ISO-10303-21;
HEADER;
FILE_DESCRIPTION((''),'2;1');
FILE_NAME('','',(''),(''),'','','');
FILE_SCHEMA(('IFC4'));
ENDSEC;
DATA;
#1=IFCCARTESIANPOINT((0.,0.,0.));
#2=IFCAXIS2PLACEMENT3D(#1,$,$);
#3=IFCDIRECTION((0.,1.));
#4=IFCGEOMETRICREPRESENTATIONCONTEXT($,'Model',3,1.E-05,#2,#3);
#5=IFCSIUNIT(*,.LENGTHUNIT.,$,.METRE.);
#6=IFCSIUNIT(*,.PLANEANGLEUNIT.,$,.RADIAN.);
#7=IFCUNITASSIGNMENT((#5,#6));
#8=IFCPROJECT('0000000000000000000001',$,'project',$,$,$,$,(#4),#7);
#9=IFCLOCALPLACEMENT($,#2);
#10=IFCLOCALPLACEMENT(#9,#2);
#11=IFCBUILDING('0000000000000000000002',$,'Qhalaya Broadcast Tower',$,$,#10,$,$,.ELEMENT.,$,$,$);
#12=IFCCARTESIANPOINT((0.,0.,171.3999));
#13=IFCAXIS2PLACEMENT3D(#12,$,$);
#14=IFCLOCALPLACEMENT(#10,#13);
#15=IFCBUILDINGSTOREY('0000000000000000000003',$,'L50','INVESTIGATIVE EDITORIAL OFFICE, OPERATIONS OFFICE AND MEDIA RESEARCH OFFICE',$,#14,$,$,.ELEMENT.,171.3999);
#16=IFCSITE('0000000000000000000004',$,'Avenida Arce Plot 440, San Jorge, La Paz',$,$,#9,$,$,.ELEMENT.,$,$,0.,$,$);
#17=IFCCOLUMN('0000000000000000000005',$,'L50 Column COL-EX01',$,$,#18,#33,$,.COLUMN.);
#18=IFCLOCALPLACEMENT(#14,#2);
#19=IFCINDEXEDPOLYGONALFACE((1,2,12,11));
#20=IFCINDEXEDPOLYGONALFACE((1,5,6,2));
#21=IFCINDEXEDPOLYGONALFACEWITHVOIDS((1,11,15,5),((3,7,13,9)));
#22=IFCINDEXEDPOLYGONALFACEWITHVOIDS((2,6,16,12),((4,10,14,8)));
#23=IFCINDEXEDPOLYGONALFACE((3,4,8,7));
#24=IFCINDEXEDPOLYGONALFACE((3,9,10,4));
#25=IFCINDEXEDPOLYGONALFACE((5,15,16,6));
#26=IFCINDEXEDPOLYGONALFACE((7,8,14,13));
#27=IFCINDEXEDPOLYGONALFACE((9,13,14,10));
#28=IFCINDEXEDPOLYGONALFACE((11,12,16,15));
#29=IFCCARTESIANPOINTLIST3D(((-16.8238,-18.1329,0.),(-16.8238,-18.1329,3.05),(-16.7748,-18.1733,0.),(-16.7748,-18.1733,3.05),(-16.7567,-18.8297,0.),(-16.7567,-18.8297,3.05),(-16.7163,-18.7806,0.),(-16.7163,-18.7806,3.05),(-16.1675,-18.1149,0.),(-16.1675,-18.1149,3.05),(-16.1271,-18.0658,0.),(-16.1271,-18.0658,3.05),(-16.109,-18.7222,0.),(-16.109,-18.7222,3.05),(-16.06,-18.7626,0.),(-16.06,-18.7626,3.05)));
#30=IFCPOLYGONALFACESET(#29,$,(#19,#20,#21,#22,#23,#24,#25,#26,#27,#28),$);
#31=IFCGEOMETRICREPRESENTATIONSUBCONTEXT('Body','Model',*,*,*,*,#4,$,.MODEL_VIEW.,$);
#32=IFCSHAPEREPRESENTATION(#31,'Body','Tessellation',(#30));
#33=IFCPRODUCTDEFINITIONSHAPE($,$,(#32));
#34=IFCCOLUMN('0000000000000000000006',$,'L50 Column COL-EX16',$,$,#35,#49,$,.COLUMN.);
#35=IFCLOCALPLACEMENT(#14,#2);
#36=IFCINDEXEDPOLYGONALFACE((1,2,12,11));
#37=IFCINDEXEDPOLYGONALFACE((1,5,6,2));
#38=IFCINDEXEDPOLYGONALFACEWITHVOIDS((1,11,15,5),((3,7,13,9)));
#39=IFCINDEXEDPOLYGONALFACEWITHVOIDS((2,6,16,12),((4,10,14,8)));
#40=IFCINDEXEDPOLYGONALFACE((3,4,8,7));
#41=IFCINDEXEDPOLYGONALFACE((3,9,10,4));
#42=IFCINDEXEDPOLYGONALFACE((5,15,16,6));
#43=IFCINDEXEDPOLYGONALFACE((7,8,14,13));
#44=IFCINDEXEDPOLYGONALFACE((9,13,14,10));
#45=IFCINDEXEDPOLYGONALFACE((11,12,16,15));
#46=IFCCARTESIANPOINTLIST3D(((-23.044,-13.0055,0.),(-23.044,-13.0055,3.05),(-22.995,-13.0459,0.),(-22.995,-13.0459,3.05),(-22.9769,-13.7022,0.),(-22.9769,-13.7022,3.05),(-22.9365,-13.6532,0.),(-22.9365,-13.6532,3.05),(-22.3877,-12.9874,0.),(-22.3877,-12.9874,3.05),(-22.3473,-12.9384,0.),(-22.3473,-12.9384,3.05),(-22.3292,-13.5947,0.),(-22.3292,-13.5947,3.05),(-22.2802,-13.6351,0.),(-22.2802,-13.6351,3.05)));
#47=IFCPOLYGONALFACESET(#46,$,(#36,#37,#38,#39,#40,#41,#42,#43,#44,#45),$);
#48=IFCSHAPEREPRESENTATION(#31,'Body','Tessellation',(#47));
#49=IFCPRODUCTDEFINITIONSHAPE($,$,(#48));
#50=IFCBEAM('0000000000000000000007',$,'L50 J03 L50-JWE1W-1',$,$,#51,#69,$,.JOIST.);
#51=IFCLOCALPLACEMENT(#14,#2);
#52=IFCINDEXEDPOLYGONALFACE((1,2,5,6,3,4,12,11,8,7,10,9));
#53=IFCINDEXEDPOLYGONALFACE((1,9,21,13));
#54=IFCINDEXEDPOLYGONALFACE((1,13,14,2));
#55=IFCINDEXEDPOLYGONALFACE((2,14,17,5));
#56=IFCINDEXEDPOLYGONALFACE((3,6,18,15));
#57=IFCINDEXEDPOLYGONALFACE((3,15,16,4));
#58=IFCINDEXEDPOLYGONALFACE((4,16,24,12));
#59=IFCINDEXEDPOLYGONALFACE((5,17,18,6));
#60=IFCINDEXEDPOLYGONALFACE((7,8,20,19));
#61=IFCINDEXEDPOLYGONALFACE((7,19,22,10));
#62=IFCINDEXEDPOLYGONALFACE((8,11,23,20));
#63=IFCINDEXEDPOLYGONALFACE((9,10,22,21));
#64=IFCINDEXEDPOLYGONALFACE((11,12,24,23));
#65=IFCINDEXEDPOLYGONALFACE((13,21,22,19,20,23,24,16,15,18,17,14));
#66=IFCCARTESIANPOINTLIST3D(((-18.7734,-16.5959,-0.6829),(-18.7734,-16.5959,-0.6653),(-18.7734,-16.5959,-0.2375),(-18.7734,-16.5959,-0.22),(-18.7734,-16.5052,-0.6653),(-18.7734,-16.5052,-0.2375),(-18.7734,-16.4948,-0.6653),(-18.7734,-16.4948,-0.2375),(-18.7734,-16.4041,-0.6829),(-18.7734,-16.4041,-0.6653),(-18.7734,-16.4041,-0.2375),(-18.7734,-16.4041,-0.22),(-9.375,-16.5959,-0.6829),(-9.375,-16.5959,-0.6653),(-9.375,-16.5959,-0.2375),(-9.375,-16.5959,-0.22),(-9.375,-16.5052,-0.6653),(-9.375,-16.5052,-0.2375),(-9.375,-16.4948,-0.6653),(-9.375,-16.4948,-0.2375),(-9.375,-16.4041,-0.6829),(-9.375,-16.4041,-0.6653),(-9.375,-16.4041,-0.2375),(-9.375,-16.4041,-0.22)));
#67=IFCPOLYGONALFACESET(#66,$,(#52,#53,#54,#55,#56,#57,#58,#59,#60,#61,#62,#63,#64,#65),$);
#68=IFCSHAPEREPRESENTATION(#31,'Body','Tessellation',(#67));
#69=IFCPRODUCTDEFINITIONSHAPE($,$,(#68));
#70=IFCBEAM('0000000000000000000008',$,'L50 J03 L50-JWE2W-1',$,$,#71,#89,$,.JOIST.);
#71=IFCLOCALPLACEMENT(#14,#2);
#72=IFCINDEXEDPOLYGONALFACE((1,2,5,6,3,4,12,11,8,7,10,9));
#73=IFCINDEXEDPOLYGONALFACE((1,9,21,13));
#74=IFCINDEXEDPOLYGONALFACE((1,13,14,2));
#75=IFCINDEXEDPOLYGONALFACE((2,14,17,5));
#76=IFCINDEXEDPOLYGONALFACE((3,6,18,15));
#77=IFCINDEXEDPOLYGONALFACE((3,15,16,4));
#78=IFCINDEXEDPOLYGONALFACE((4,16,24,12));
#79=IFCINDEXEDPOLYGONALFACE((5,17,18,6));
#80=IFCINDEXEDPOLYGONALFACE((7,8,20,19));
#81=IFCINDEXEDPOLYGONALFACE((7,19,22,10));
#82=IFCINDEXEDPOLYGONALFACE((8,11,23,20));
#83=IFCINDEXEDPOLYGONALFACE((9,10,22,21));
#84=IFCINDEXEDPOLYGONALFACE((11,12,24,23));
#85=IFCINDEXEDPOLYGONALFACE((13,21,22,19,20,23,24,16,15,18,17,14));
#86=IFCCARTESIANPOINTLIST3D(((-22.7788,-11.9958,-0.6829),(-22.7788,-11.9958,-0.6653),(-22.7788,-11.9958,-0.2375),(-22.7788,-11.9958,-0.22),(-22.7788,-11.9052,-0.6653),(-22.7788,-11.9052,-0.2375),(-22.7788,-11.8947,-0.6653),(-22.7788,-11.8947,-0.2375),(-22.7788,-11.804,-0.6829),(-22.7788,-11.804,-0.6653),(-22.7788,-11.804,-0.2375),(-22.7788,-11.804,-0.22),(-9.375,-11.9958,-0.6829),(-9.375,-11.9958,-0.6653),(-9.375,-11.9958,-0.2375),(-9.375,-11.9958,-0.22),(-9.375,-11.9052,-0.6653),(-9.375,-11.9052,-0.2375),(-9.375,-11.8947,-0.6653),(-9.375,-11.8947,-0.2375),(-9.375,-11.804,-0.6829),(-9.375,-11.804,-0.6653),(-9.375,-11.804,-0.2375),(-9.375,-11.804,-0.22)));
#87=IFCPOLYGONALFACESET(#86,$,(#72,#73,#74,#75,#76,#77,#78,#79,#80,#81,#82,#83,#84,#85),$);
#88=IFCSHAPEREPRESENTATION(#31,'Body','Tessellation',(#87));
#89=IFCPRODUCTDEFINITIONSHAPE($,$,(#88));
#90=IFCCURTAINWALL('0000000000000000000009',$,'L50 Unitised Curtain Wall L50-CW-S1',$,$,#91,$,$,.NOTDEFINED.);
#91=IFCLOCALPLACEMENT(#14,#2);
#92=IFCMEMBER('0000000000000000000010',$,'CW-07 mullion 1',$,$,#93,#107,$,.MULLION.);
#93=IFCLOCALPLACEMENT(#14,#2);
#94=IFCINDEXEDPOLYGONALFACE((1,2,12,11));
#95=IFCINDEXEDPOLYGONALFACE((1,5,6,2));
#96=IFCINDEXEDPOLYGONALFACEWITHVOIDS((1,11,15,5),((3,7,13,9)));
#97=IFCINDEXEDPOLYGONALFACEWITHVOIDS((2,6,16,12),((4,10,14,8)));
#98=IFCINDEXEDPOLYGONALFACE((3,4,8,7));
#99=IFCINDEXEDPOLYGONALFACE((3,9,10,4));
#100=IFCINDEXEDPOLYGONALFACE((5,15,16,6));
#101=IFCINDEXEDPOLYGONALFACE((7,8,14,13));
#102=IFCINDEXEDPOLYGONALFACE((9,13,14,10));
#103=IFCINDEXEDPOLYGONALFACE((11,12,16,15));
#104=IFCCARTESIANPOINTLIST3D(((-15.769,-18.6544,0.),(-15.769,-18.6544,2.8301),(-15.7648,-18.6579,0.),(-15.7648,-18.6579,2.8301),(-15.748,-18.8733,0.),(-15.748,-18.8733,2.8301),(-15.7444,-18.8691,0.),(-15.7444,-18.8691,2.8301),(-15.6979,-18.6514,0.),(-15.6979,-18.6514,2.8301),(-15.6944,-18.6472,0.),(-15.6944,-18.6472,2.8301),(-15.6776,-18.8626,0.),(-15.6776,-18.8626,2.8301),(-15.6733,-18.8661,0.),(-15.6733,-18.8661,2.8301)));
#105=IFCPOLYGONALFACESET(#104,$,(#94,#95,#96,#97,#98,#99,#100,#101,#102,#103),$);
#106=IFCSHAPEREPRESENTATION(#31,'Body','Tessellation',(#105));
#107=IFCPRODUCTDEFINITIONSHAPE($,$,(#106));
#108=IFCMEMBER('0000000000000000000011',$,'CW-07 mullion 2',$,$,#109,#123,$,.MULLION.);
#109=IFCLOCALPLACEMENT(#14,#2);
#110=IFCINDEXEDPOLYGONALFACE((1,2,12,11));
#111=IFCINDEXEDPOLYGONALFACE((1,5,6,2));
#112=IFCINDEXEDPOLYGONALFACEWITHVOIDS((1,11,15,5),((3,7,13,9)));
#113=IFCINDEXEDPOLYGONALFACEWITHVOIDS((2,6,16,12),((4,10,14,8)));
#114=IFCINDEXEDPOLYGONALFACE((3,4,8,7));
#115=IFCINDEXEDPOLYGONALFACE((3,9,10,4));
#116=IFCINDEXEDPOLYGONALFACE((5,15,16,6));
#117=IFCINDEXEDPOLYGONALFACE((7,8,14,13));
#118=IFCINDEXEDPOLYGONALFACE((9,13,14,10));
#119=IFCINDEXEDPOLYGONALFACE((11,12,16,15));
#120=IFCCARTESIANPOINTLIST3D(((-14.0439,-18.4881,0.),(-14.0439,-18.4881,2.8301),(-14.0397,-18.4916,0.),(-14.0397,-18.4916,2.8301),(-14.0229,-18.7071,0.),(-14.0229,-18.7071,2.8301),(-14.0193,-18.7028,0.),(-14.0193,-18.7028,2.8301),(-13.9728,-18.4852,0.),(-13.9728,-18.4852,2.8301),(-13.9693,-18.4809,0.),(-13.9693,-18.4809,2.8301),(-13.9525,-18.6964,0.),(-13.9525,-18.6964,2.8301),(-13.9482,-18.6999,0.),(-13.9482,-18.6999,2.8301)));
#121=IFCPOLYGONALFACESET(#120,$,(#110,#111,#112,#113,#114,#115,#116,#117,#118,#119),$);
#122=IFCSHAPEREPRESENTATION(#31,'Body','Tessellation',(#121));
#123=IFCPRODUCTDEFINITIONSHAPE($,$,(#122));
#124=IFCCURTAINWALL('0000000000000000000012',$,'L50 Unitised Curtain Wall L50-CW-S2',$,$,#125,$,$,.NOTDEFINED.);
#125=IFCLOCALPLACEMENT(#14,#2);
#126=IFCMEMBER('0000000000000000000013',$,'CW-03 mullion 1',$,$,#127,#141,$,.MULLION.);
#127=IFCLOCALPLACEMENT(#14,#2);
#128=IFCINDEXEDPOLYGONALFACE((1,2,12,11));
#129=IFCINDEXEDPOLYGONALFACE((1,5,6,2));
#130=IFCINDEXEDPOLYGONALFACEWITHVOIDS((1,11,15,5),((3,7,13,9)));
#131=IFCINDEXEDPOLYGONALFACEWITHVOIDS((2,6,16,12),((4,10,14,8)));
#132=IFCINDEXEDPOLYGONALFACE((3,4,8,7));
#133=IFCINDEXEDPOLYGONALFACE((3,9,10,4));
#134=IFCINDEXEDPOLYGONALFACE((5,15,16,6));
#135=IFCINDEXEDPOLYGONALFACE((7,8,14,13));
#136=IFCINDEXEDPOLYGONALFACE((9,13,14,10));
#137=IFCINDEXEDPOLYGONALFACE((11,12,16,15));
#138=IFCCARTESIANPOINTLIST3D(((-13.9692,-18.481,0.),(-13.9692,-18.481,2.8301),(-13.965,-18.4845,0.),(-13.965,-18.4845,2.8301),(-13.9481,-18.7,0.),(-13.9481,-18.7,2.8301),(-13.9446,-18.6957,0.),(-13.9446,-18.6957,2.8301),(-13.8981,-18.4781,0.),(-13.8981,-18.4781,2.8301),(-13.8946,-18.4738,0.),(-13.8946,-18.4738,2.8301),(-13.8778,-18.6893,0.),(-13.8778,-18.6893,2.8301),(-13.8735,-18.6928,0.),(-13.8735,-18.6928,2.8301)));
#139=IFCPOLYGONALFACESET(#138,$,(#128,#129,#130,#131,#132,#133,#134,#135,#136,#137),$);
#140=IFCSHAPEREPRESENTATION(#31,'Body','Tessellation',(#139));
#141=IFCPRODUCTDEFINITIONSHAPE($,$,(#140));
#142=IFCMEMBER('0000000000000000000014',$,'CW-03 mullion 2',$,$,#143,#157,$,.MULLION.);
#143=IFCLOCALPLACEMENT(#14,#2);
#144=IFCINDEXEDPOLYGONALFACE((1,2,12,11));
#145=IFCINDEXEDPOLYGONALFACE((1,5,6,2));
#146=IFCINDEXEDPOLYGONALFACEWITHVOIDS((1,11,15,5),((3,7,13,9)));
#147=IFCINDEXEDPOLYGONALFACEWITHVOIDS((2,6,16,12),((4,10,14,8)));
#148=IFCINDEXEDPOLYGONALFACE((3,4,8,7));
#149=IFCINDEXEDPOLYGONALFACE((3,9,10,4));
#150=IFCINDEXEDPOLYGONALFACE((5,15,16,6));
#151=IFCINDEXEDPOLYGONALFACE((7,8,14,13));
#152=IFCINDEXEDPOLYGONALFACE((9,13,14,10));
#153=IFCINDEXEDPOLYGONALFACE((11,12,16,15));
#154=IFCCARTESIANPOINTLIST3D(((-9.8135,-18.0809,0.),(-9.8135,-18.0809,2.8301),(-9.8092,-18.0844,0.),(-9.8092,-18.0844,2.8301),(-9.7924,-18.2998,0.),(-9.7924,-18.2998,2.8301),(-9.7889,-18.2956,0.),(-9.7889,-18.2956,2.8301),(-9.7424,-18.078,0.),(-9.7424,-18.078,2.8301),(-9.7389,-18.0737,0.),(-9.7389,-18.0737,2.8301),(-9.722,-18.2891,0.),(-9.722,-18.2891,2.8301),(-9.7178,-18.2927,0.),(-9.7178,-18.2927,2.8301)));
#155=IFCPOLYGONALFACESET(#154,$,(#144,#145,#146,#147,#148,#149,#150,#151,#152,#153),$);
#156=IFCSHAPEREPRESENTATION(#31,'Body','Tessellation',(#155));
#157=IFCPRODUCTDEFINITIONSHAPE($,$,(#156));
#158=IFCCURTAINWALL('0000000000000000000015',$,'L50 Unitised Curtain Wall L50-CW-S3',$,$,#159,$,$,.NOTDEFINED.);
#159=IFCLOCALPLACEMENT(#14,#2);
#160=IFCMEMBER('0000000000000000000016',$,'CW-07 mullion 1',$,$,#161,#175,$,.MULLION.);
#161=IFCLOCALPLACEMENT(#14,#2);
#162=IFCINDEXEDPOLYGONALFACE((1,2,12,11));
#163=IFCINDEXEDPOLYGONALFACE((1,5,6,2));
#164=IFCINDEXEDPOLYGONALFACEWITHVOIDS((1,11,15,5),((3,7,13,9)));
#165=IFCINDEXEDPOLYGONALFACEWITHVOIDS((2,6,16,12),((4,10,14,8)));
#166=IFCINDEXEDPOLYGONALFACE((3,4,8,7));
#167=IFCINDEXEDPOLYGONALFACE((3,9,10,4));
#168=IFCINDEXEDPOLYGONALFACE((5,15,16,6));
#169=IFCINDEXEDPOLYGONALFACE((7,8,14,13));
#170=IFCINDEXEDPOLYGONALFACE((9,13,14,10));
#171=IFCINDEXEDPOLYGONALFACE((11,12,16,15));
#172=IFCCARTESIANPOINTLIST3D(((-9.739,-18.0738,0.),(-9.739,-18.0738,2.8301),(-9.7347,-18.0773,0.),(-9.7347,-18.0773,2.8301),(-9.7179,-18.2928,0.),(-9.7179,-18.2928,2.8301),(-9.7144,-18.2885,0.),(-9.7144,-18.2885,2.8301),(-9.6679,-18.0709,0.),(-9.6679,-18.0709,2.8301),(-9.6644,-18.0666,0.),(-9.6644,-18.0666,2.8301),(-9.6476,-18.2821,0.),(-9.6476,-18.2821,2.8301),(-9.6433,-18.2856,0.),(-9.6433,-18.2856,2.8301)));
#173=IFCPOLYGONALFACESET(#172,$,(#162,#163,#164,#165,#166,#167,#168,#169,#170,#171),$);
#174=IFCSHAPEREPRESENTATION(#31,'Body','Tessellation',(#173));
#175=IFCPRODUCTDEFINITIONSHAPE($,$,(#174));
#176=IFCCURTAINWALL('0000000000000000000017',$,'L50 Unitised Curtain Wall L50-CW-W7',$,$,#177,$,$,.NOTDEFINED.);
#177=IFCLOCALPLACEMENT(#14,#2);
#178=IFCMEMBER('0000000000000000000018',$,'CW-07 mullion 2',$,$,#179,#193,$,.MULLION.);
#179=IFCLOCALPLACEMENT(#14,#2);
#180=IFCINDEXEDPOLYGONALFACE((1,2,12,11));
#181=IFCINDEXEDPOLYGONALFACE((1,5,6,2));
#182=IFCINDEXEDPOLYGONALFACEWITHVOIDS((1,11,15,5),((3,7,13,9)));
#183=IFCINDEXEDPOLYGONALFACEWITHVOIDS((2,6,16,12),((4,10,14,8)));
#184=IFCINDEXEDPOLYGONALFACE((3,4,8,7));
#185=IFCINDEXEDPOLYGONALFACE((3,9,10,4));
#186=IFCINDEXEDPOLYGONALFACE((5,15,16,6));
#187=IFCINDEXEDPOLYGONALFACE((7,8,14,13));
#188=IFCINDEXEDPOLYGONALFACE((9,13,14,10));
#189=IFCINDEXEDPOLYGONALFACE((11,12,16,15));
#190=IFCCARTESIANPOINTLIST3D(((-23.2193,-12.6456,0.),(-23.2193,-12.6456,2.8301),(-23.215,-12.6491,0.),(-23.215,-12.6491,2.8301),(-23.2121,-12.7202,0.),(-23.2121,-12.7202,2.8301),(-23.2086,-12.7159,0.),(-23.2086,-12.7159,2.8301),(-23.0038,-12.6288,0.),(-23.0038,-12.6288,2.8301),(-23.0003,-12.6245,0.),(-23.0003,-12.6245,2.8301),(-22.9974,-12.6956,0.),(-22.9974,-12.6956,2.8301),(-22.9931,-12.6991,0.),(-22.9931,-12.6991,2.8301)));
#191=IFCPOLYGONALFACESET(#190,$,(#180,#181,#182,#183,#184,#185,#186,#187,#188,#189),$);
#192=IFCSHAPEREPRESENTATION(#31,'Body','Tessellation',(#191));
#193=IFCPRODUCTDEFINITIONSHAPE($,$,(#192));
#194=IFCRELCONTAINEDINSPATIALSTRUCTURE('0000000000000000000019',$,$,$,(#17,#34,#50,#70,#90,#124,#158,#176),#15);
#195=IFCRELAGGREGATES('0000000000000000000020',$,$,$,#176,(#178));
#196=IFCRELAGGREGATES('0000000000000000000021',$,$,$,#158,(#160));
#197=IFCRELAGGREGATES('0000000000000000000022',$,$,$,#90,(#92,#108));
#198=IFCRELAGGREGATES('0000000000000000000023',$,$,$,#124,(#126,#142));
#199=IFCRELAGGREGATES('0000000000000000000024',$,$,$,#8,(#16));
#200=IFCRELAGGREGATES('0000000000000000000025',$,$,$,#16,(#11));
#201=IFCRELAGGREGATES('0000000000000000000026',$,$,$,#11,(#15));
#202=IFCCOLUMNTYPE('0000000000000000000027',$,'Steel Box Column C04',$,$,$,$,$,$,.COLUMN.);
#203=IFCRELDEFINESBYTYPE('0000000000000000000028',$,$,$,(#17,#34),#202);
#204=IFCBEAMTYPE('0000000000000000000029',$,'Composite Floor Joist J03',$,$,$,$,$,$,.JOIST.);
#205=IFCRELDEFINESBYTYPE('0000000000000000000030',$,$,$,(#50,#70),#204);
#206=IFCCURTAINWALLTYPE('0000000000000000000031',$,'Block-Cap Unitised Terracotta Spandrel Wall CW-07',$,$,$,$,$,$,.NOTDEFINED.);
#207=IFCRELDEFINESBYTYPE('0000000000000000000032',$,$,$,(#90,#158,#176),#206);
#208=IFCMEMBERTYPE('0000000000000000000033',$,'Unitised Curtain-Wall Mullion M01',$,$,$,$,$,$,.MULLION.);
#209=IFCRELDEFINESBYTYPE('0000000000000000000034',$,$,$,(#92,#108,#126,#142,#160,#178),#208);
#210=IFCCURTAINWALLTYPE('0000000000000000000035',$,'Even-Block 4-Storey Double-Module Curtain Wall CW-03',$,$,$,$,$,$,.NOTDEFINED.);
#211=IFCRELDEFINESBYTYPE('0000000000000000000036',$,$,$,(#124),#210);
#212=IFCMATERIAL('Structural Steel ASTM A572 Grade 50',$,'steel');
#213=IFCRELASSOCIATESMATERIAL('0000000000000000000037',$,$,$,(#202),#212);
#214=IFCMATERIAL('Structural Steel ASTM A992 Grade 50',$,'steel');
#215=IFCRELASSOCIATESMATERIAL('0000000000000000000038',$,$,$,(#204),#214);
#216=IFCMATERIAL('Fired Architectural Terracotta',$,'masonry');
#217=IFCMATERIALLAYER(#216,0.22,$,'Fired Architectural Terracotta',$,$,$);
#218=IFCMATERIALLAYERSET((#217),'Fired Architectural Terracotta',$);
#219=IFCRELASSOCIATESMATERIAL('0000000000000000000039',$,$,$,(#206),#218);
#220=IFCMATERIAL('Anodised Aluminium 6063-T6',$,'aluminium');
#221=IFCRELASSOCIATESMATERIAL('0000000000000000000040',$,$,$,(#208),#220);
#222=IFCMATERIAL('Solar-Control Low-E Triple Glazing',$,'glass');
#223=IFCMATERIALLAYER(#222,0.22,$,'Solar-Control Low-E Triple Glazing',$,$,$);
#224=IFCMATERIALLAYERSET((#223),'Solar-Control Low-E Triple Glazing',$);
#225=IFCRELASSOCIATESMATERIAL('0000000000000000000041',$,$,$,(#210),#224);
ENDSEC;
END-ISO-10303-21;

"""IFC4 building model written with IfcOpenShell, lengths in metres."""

from ifc_helpers import new_model, si_unit, direction, frame, origin, origin_2d, place, context, subcontext, project, spatial, hollow_rectangle, i_section, extrude, material, layer, layer_set, material_profile, profile_set, type_object, element, aggregate, save


model = new_model("IFC4")

# Units and contexts
model_context = context("Model", 3, precision=1e-05, world=origin(), true_north=direction((0.0, 1.0)))
body_context = subcontext(model_context, "Body", "Model", "MODEL_VIEW")
ifc_project = project(units=[si_unit("LENGTHUNIT", "METRE"), si_unit("PLANEANGLEUNIT", "RADIAN")], contexts=[model_context])

# Site, building, storey
site_placement = place(None, origin())
site = spatial("IfcSite", under=ifc_project, at=site_placement, Name="Avenida Arce Plot 440, San Jorge, La Paz", CompositionType="ELEMENT", RefElevation=0.0)
building_placement = place(site_placement, origin())
building = spatial("IfcBuilding", under=site, at=building_placement, Name="Qhalaya Broadcast Tower", CompositionType="ELEMENT")
storey_placement = place(building_placement, frame((0.0, 0.0, 171.3999)))
storey = spatial("IfcBuildingStorey", under=building, at=storey_placement, Name="L50", Description="INVESTIGATIVE EDITORIAL OFFICE, OPERATIONS OFFICE AND MEDIA RESEARCH OFFICE", CompositionType="ELEMENT", Elevation=171.3999)

# Columns
ifc_material_1 = material(Name="Structural Steel ASTM A572 Grade 50", Category="steel")
ifc_material_profile_1 = material_profile(ifc_material_1, hollow_rectangle(XDim=0.7, YDim=0.7, WallThickness=0.0449, at=origin_2d()), Name="BOX 700x700x45")
ifc_profile_set_1 = profile_set([ifc_material_profile_1], Name="Structural Steel ASTM A572 Grade 50")
column_type = type_object("IfcColumnType", Name="Steel Box Column C04", PredefinedType="COLUMN", material=ifc_profile_set_1)
for number, where, z_axis, x_axis, name in (
    (1, (-16.4419, -18.4478, 0.0), (0.0, 0.0, 1.0), (0.995396, 0.095846, 0.0), "L50 Column COL-EX01"),
    (2, (-22.6621, -13.3203, 0.0), (0.0, 0.0, 1.0), (-0.095846, 0.995396, 0.0), "L50 Column COL-EX16"),
):
    element("IfcColumn", number, at=place(storey_placement, frame(where, z_axis=z_axis, x_axis=x_axis)), inside=storey, type_object=column_type, Name=name, PredefinedType="COLUMN", context=body_context, shape_type="SweptSolid", body=[
        extrude(hollow_rectangle(XDim=0.7, YDim=0.7, WallThickness=0.0449, at=origin_2d()), origin(), (0.0, 0.0, 1.0), 3.05),
    ])

# Beams
ifc_material_2 = material(Name="Structural Steel ASTM A992 Grade 50", Category="steel")
ifc_material_profile_2 = material_profile(ifc_material_2, i_section(OverallWidth=0.1919, OverallDepth=0.4629, WebThickness=0.0105, FlangeThickness=0.0176, at=origin_2d()), Name="W18X60")
ifc_profile_set_2 = profile_set([ifc_material_profile_2], Name="Structural Steel ASTM A992 Grade 50")
beam_type_1 = type_object("IfcBeamType", Name="Composite Floor Joist J03", PredefinedType="JOIST", material=ifc_profile_set_2)
beam_1_placement = place(storey_placement, frame((-18.7734, -16.5, -0.4514), z_axis=(1.0, 0.0, 0.0), x_axis=(0.0, 1.0, 0.0)))
element("IfcBeam", 3, at=beam_1_placement, inside=storey, type_object=beam_type_1, Name="L50 J03 L50-JWE1W-1", PredefinedType="JOIST", context=body_context, shape_type="SweptSolid", body=[
    extrude(i_section(OverallWidth=0.1919, OverallDepth=0.4629, WebThickness=0.0105, FlangeThickness=0.0176, at=origin_2d()), origin(), (0.0, 0.0, 1.0), 9.3984),
])
beam_2_placement = place(storey_placement, frame((-22.7788, -11.8999, -0.4514), z_axis=(1.0, 0.0, 0.0), x_axis=(0.0, 1.0, 0.0)))
element("IfcBeam", 4, at=beam_2_placement, inside=storey, type_object=beam_type_1, Name="L50 J03 L50-JWE2W-1", PredefinedType="JOIST", context=body_context, shape_type="SweptSolid", body=[
    extrude(i_section(OverallWidth=0.1919, OverallDepth=0.4629, WebThickness=0.0105, FlangeThickness=0.0176, at=origin_2d()), origin(), (0.0, 0.0, 1.0), 13.4038),
])

# Curtain walls, members
ifc_material_3 = material(Name="Fired Architectural Terracotta", Category="masonry")
ifc_layer_1 = layer(ifc_material_3, 0.22, Name="Fired Architectural Terracotta")
ifc_layer_set_1 = layer_set([ifc_layer_1], Name="Fired Architectural Terracotta")
curtain_wall_type_1 = type_object("IfcCurtainWallType", Name="Block-Cap Unitised Terracotta Spandrel Wall CW-07", PredefinedType="NOTDEFINED", material=ifc_layer_set_1)
curtain_wall_1_placement = place(storey_placement, origin())
curtain_wall_1 = element("IfcCurtainWall", 5, at=curtain_wall_1_placement, inside=storey, type_object=curtain_wall_type_1, Name="L50 Unitised Curtain Wall L50-CW-S1", PredefinedType="NOTDEFINED")
ifc_material_4 = material(Name="Anodised Aluminium 6063-T6", Category="aluminium")
ifc_material_profile_3 = material_profile(ifc_material_4, hollow_rectangle(XDim=0.075, YDim=0.22, WallThickness=0.0039, at=origin_2d()), Name="ALU-MUL 75x220x4")
ifc_profile_set_3 = profile_set([ifc_material_profile_3], Name="Anodised Aluminium 6063-T6")
member_type_1 = type_object("IfcMemberType", Name="Unitised Curtain-Wall Mullion M01", PredefinedType="MULLION", material=ifc_profile_set_3)
member_1_placement = place(storey_placement, frame((-15.7212, -18.7603, 0.0), z_axis=(0.0, 0.0, 1.0), x_axis=(0.995396, 0.09585, 0.0)))
member_1 = element("IfcMember", 6, at=member_1_placement, type_object=member_type_1, Name="CW-07 mullion 1", PredefinedType="MULLION", context=body_context, shape_type="SweptSolid", body=[
    extrude(hollow_rectangle(XDim=0.075, YDim=0.22, WallThickness=0.0039, at=origin_2d()), origin(), (0.0, 0.0, 1.0), 2.8301),
])
member_2_placement = place(storey_placement, frame((-13.9961, -18.594, 0.0), z_axis=(0.0, 0.0, 1.0), x_axis=(0.995396, 0.09585, 0.0)))
member_2 = element("IfcMember", 7, at=member_2_placement, type_object=member_type_1, Name="CW-07 mullion 2", PredefinedType="MULLION", context=body_context, shape_type="SweptSolid", body=[
    extrude(hollow_rectangle(XDim=0.075, YDim=0.22, WallThickness=0.0039, at=origin_2d()), origin(), (0.0, 0.0, 1.0), 2.8301),
])
ifc_material_5 = material(Name="Solar-Control Low-E Triple Glazing", Category="glass")
ifc_layer_2 = layer(ifc_material_5, 0.22, Name="Solar-Control Low-E Triple Glazing")
ifc_layer_set_2 = layer_set([ifc_layer_2], Name="Solar-Control Low-E Triple Glazing")
curtain_wall_type_2 = type_object("IfcCurtainWallType", Name="Even-Block 4-Storey Double-Module Curtain Wall CW-03", PredefinedType="NOTDEFINED", material=ifc_layer_set_2)
curtain_wall_2_placement = place(storey_placement, origin())
curtain_wall_2 = element("IfcCurtainWall", 8, at=curtain_wall_2_placement, inside=storey, type_object=curtain_wall_type_2, Name="L50 Unitised Curtain Wall L50-CW-S2", PredefinedType="NOTDEFINED")
member_3_placement = place(storey_placement, frame((-13.9214, -18.5869, 0.0), z_axis=(0.0, 0.0, 1.0), x_axis=(0.995397, 0.095836, 0.0)))
member_3 = element("IfcMember", 9, at=member_3_placement, type_object=member_type_1, Name="CW-03 mullion 1", PredefinedType="MULLION", context=body_context, shape_type="SweptSolid", body=[
    extrude(hollow_rectangle(XDim=0.075, YDim=0.22, WallThickness=0.0039, at=origin_2d()), origin(), (0.0, 0.0, 1.0), 2.8301),
])
member_4_placement = place(storey_placement, frame((-9.7656, -18.1868, 0.0), z_axis=(0.0, 0.0, 1.0), x_axis=(0.995397, 0.095836, 0.0)))
member_4 = element("IfcMember", 10, at=member_4_placement, type_object=member_type_1, Name="CW-03 mullion 2", PredefinedType="MULLION", context=body_context, shape_type="SweptSolid", body=[
    extrude(hollow_rectangle(XDim=0.075, YDim=0.22, WallThickness=0.0039, at=origin_2d()), origin(), (0.0, 0.0, 1.0), 2.8301),
])

# Curtain walls, members
curtain_wall_3_placement = place(storey_placement, origin())
curtain_wall_3 = element("IfcCurtainWall", 11, at=curtain_wall_3_placement, inside=storey, type_object=curtain_wall_type_1, Name="L50 Unitised Curtain Wall L50-CW-S3", PredefinedType="NOTDEFINED")
member_5_placement = place(storey_placement, frame((-9.6912, -18.1797, 0.0), z_axis=(0.0, 0.0, 1.0), x_axis=(0.995396, 0.095848, 0.0)))
member_5 = element("IfcMember", 12, at=member_5_placement, type_object=member_type_1, Name="CW-07 mullion 1", PredefinedType="MULLION", context=body_context, shape_type="SweptSolid", body=[
    extrude(hollow_rectangle(XDim=0.075, YDim=0.22, WallThickness=0.0039, at=origin_2d()), origin(), (0.0, 0.0, 1.0), 2.8301),
])
curtain_wall_4_placement = place(storey_placement, origin())
curtain_wall_4 = element("IfcCurtainWall", 13, at=curtain_wall_4_placement, inside=storey, type_object=curtain_wall_type_1, Name="L50 Unitised Curtain Wall L50-CW-W7", PredefinedType="NOTDEFINED")
member_6_placement = place(storey_placement, frame((-23.1062, -12.6724, 0.0), z_axis=(0.0, 0.0, 1.0), x_axis=(0.09586, -0.995395, 0.0)))
member_6 = element("IfcMember", 14, at=member_6_placement, type_object=member_type_1, Name="CW-07 mullion 2", PredefinedType="MULLION", context=body_context, shape_type="SweptSolid", body=[
    extrude(hollow_rectangle(XDim=0.075, YDim=0.22, WallThickness=0.0039, at=origin_2d()), origin(), (0.0, 0.0, 1.0), 2.8301),
])
aggregate(curtain_wall_4, [member_6])

aggregate(curtain_wall_3, [member_5])

aggregate(curtain_wall_1, [member_1, member_2])
aggregate(curtain_wall_2, [member_3, member_4])

save(model, "model.ifc")
